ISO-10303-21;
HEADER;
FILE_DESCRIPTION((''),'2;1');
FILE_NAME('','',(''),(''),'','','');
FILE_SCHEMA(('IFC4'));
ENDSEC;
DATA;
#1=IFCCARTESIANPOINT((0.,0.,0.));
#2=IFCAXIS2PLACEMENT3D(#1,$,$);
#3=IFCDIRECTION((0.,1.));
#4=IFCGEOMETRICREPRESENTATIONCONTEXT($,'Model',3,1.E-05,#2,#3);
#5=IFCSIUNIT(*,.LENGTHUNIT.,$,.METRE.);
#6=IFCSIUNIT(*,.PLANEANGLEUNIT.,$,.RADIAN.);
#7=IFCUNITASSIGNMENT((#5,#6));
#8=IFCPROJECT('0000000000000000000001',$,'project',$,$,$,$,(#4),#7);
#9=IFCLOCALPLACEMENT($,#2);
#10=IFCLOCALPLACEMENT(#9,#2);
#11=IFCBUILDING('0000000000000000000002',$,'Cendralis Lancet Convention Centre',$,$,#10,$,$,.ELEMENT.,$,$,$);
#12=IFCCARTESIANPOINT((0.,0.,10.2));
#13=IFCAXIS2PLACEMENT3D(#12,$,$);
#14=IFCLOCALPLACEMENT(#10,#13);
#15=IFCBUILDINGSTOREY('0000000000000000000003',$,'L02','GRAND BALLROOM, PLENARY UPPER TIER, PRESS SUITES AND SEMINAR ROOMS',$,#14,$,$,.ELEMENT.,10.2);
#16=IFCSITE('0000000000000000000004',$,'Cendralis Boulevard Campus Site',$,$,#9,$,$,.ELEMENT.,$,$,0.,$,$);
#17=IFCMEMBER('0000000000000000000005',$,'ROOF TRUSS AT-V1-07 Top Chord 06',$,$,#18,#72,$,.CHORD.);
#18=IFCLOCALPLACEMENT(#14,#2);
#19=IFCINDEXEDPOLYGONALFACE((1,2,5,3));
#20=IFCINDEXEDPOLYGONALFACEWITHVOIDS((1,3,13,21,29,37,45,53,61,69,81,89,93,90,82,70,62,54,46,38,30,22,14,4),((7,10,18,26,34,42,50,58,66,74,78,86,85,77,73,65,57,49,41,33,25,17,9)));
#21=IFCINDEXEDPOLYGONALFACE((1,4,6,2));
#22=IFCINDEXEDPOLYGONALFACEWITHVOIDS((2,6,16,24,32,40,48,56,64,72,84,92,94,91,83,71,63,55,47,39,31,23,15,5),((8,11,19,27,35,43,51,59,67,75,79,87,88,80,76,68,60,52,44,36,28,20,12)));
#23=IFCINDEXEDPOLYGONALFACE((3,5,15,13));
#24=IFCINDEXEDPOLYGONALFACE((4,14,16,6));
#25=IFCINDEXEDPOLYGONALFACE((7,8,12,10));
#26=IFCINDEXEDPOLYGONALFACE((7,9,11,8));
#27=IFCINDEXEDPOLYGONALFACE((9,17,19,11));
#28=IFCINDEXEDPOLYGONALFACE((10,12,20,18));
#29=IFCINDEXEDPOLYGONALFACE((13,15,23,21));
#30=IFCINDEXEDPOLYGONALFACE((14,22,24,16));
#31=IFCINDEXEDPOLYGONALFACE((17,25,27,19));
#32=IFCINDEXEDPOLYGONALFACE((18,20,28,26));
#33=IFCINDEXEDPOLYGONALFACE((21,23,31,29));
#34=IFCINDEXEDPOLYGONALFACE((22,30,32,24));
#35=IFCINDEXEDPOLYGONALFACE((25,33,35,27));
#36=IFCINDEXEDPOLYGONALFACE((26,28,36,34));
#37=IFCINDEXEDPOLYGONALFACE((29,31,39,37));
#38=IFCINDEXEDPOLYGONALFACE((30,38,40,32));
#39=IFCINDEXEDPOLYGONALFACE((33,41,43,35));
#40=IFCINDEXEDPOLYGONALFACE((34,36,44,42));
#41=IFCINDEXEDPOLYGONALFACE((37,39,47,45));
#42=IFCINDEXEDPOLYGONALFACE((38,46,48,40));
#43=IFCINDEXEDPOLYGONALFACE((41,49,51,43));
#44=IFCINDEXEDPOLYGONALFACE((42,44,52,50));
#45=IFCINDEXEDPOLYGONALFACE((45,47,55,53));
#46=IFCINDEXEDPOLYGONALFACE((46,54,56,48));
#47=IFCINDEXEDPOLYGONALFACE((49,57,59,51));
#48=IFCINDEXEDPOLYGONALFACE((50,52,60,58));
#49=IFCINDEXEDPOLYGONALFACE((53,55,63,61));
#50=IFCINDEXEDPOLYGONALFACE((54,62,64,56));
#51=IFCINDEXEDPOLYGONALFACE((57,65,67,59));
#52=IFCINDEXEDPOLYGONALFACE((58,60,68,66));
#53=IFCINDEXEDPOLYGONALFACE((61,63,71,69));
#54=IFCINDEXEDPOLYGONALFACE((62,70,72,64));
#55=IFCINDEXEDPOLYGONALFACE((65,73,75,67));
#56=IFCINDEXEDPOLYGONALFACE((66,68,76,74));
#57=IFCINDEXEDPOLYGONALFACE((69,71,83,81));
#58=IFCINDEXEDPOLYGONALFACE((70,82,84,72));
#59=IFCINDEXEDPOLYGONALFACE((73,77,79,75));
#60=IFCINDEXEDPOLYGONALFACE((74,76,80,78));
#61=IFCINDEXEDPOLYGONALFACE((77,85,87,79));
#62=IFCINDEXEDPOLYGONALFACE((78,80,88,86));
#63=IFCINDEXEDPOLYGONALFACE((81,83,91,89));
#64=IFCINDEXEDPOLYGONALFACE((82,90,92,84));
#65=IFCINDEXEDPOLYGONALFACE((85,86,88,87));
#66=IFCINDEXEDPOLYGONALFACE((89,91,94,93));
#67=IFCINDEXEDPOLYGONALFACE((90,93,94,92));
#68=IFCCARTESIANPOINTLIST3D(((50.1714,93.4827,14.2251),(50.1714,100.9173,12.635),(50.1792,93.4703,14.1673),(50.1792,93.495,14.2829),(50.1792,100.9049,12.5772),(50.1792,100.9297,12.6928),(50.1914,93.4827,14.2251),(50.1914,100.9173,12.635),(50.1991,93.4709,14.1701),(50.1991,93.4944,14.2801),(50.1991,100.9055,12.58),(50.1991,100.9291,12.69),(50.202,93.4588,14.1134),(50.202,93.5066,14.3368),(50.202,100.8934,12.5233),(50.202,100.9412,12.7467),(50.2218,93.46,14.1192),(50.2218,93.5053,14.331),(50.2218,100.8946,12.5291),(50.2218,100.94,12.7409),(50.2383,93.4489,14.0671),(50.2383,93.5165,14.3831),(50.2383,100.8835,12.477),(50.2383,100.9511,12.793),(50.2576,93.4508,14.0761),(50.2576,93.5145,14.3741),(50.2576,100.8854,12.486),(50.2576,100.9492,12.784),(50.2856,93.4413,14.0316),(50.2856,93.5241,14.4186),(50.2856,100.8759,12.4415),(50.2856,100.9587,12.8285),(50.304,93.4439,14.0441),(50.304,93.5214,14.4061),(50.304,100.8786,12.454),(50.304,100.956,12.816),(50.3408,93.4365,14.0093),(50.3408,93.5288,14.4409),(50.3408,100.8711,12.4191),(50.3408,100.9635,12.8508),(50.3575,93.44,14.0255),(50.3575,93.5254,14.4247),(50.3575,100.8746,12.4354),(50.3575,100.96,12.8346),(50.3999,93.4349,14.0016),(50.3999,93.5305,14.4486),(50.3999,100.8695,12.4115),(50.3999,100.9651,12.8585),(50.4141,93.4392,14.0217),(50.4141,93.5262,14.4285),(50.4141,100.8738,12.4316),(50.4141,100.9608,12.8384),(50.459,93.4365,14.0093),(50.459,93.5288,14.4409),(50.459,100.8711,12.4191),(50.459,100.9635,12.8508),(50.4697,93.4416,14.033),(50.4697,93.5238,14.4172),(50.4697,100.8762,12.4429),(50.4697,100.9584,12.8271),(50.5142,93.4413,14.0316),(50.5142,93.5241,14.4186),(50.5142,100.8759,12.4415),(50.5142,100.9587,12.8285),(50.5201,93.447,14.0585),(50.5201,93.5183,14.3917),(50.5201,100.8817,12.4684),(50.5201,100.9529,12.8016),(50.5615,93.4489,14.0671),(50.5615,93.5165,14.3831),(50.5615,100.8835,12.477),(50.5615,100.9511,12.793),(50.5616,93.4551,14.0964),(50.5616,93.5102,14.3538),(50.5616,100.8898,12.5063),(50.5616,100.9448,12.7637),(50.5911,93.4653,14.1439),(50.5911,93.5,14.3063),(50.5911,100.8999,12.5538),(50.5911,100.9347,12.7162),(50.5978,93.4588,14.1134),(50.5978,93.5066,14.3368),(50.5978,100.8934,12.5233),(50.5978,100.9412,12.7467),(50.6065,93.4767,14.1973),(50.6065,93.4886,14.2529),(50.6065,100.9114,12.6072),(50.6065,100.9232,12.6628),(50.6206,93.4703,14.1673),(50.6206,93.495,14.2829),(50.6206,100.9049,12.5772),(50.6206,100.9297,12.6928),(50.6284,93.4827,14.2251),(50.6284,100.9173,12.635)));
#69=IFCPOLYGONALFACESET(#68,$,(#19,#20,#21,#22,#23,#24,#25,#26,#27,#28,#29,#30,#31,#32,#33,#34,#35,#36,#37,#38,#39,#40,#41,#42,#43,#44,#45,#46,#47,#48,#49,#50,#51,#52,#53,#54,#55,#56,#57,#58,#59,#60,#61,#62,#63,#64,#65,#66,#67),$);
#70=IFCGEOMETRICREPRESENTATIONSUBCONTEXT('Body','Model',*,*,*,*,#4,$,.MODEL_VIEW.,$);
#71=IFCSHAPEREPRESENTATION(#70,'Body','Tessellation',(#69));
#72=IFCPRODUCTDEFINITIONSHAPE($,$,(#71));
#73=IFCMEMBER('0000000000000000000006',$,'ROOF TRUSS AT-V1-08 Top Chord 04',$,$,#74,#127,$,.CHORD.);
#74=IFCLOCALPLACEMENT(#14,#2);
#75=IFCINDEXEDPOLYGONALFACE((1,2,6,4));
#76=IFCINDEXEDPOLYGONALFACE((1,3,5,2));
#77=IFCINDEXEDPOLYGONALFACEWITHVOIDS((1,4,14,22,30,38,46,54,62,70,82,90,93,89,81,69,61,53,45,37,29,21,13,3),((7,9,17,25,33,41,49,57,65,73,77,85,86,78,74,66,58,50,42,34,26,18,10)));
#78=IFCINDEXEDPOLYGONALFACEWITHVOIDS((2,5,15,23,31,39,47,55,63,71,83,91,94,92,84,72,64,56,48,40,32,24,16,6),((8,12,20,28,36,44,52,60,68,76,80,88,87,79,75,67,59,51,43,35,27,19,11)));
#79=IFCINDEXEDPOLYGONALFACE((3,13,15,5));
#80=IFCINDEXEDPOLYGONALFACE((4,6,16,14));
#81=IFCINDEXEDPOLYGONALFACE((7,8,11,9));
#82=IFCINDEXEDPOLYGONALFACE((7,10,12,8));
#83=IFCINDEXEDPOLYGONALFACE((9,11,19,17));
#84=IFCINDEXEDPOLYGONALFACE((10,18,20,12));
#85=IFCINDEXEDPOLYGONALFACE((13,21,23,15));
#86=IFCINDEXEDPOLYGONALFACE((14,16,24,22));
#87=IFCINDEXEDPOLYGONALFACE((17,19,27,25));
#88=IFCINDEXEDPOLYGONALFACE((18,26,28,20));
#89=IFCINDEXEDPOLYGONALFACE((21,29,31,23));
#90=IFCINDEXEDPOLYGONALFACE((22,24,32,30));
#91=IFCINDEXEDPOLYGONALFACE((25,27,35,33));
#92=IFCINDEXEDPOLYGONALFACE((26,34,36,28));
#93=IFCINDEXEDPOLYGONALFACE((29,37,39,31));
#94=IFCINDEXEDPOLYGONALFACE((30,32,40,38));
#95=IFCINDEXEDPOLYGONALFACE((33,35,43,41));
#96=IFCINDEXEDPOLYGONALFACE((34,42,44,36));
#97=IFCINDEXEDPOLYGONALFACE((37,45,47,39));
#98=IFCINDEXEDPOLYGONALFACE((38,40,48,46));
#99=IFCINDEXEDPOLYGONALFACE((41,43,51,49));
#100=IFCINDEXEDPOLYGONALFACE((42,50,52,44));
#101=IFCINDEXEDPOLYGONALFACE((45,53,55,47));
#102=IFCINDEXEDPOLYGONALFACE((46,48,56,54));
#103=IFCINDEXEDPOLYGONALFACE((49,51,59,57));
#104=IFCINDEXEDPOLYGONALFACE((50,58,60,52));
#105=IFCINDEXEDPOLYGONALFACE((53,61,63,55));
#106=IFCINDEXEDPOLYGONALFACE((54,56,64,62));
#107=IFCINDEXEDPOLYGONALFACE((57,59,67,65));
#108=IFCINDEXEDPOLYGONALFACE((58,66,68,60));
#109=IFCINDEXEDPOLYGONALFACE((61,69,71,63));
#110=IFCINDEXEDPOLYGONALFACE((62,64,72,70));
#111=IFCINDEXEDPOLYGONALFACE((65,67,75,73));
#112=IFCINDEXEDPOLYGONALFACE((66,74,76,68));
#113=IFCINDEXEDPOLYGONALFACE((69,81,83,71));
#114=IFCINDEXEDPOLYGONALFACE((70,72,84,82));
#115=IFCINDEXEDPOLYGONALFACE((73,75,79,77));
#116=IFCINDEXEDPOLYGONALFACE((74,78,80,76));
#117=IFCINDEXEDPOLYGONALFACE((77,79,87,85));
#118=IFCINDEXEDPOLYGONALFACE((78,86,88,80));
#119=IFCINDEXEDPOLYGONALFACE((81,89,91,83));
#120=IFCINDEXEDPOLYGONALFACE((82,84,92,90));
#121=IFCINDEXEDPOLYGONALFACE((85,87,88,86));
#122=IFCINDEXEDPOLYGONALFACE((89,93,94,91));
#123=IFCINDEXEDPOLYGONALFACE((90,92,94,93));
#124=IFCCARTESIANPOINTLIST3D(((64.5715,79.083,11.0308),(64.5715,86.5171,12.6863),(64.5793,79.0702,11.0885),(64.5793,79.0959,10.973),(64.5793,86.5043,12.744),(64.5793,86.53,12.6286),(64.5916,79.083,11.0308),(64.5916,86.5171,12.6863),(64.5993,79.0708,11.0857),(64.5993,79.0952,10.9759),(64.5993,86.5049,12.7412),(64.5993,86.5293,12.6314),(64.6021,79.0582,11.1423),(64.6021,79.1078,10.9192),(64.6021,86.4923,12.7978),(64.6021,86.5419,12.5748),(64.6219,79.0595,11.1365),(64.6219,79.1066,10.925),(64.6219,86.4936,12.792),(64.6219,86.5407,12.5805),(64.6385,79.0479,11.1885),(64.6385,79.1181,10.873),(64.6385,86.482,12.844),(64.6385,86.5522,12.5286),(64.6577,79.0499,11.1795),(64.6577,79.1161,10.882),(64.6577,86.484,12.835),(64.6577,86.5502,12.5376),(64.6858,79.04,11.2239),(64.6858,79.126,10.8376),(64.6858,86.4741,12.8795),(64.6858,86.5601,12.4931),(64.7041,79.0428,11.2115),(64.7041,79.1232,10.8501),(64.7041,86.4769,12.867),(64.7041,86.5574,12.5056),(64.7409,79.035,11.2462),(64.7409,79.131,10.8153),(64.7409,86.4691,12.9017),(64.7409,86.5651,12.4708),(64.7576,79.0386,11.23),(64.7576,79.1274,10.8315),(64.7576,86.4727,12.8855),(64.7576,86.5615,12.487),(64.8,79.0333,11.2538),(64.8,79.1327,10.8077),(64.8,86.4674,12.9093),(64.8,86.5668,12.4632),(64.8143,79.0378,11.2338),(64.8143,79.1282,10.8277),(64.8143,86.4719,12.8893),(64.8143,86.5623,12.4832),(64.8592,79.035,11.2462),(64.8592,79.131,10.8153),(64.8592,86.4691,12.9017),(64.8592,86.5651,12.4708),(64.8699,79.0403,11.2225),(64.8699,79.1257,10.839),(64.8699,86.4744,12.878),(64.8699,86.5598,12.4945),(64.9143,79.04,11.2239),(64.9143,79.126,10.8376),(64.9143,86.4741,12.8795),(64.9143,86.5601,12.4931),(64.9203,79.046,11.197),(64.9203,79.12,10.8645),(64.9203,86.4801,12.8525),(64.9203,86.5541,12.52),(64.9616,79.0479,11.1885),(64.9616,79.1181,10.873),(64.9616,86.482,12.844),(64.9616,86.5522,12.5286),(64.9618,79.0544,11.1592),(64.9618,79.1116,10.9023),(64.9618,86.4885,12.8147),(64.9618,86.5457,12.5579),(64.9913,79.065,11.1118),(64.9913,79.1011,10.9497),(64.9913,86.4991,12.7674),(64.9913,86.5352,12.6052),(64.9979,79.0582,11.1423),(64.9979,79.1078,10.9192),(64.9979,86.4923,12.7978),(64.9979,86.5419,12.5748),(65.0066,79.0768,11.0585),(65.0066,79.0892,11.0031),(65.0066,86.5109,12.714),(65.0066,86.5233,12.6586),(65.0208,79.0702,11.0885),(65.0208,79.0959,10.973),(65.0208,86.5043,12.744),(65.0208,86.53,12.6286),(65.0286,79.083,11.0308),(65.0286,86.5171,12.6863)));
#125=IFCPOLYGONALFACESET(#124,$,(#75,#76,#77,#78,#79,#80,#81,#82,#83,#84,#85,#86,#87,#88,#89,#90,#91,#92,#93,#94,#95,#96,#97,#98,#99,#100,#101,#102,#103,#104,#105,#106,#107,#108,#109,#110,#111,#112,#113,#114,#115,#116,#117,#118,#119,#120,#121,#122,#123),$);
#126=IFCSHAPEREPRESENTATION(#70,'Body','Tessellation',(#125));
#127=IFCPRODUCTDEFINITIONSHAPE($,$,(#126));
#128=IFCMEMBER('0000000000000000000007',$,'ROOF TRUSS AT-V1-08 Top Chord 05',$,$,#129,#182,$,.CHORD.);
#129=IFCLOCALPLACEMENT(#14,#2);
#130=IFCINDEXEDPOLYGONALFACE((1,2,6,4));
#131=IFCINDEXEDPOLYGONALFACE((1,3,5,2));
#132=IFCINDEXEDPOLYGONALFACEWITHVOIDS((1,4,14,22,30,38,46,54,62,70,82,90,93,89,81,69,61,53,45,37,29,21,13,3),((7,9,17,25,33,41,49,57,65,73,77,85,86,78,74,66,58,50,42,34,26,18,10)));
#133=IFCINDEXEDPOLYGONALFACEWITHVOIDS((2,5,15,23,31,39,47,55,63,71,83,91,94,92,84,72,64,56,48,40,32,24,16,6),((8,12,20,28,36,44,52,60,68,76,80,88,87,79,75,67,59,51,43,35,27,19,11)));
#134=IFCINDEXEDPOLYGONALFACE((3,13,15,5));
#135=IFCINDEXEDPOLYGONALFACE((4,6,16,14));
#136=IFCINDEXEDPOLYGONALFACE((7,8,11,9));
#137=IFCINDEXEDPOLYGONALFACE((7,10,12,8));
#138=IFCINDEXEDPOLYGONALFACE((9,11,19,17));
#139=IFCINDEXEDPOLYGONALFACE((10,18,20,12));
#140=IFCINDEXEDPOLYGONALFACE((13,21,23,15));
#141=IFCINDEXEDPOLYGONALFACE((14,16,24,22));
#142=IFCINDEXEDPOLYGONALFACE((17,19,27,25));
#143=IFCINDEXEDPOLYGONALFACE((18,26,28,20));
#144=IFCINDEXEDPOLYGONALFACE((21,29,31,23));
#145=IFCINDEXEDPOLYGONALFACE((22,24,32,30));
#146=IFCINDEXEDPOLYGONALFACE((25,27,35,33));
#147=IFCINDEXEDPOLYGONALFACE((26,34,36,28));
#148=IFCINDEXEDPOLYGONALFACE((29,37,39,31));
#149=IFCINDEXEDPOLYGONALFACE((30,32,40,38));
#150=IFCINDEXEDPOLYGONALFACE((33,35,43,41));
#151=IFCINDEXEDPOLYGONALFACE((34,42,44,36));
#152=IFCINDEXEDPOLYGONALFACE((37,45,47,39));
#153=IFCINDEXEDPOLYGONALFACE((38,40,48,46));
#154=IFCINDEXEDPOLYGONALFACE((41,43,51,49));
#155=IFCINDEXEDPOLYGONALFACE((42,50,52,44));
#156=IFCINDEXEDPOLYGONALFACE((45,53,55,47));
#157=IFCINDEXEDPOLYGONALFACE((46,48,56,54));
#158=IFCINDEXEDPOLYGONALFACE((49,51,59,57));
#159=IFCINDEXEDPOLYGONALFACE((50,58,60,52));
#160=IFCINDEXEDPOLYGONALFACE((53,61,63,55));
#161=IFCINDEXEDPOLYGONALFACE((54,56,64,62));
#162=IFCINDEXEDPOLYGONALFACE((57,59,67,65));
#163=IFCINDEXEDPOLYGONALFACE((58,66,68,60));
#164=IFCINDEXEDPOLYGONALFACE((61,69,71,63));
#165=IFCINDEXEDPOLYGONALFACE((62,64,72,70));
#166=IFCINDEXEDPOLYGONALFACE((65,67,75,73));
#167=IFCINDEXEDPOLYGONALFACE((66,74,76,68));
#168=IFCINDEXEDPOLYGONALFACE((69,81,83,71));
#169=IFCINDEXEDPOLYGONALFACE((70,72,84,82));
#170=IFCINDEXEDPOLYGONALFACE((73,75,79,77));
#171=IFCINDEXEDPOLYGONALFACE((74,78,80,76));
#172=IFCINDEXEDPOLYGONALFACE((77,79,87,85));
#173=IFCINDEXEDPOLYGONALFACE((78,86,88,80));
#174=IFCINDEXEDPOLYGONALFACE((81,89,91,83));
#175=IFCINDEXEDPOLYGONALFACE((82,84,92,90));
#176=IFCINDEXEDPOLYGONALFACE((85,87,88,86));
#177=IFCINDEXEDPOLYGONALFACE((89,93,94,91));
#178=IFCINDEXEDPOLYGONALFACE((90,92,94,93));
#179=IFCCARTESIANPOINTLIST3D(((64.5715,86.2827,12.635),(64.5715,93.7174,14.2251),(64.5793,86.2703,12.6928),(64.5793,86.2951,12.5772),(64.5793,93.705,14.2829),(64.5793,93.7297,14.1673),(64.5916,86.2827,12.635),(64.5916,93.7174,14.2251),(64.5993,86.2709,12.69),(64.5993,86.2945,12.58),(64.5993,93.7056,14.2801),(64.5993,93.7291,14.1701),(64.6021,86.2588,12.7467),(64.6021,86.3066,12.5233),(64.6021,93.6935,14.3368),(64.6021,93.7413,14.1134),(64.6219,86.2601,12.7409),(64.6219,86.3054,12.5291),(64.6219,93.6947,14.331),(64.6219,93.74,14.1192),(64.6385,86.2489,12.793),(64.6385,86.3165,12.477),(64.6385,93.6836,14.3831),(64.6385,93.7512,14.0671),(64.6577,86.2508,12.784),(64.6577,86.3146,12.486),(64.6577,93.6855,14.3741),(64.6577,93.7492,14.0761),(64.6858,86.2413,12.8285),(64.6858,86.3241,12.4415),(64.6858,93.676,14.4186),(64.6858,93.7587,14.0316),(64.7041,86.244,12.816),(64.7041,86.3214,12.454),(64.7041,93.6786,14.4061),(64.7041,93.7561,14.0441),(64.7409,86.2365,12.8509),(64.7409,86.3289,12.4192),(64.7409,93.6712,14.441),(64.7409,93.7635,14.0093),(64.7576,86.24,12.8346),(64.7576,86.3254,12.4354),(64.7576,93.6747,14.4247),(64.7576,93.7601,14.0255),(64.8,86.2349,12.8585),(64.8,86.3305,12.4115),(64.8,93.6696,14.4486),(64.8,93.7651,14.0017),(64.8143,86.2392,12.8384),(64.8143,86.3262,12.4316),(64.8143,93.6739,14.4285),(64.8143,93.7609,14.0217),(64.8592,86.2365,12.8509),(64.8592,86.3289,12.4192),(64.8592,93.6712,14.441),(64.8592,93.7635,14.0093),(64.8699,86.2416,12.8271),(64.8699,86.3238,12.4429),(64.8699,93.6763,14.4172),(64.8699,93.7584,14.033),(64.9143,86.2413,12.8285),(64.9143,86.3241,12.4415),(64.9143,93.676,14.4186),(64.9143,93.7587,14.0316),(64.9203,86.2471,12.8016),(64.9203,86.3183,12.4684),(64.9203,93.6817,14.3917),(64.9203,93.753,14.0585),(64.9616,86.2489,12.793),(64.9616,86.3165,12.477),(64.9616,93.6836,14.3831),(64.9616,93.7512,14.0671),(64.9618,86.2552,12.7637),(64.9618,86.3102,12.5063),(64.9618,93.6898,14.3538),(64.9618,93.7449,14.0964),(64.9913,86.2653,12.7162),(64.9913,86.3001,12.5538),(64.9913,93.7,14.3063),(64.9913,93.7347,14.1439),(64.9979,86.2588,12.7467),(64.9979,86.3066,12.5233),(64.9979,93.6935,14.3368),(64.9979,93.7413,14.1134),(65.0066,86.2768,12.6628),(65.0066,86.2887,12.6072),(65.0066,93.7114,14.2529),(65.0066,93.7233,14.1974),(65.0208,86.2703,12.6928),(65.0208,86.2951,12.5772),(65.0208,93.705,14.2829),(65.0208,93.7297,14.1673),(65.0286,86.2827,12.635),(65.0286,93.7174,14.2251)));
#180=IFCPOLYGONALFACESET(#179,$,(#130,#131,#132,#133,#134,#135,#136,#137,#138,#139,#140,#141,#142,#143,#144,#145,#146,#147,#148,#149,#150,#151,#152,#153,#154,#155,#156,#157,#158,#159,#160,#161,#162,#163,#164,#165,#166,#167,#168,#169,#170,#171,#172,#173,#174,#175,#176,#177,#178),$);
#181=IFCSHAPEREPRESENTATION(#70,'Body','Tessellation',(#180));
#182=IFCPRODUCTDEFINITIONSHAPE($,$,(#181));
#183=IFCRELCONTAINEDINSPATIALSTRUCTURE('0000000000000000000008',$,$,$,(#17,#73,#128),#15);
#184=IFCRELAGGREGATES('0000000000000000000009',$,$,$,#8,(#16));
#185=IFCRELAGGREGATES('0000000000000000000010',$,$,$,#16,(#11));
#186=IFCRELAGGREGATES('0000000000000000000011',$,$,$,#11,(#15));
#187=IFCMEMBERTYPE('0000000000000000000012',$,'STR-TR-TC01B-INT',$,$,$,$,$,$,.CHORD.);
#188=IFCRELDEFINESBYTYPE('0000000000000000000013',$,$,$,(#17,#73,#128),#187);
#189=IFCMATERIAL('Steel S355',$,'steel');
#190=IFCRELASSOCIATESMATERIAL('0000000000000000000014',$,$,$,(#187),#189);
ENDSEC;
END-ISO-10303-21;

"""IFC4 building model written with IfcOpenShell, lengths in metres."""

from ifc_helpers import new_model, si_unit, direction, frame, origin, origin_2d, place, context, subcontext, project, spatial, hollow_circle, extrude, material, material_profile, profile_set, type_object, element, save


model = new_model("IFC4")

# Units and contexts
model_context = context("Model", 3, precision=1e-05, world=origin(), true_north=direction((0.0, 1.0)))
body_context = subcontext(model_context, "Body", "Model", "MODEL_VIEW")
ifc_project = project(units=[si_unit("LENGTHUNIT", "METRE"), si_unit("PLANEANGLEUNIT", "RADIAN")], contexts=[model_context])

# Site, building, storey
site_placement = place(None, origin())
site = spatial("IfcSite", under=ifc_project, at=site_placement, Name="Cendralis Boulevard Campus Site", CompositionType="ELEMENT", RefElevation=0.0)
building_placement = place(site_placement, origin())
building = spatial("IfcBuilding", under=site, at=building_placement, Name="Cendralis Lancet Convention Centre", CompositionType="ELEMENT")
storey_placement = place(building_placement, frame((0.0, 0.0, 10.2)))
storey = spatial("IfcBuildingStorey", under=building, at=storey_placement, Name="L02", Description="GRAND BALLROOM, PLENARY UPPER TIER, PRESS SUITES AND SEMINAR ROOMS", CompositionType="ELEMENT", Elevation=10.2)

# Members
ifc_material = material(Name="Steel S355", Category="steel")
ifc_material_profile_1 = material_profile(ifc_material, hollow_circle(Radius=0.2285, WallThickness=0.02, at=origin_2d()), Name="CHS 457.0x20.0")
ifc_profile_set_1 = profile_set([ifc_material_profile_1], Name="Steel S355")
member_type_1 = type_object("IfcMemberType", Name="STR-TR-TC01B-INT", PredefinedType="CHORD", material=ifc_profile_set_1)
for number, where, z_axis, x_axis, name in (
    (1, (50.3999, 93.4827, 14.2251), (0.0, 0.977884, -0.209147), (-1.0, 0.0, 0.0), "ROOF TRUSS AT-V1-07 Top Chord 06"),
):
    element("IfcMember", number, at=place(storey_placement, frame(where, z_axis=z_axis, x_axis=x_axis)), inside=storey, type_object=member_type_1, Name=name, PredefinedType="CHORD", context=body_context, shape_type="SweptSolid", body=[
        extrude(hollow_circle(Radius=0.2285, WallThickness=0.02, at=origin_2d()), origin(), (0.0, 0.0, 1.0), 7.6028),
    ])
member_1_placement = place(storey_placement, frame((64.8, 79.083, 11.0308), z_axis=(0.0, 0.97609, 0.217368), x_axis=(-1.0, 0.0, 0.0)))
element("IfcMember", 2, at=member_1_placement, inside=storey, type_object=member_type_1, Name="ROOF TRUSS AT-V1-08 Top Chord 04", PredefinedType="CHORD", context=body_context, shape_type="SweptSolid", body=[
    extrude(hollow_circle(Radius=0.2285, WallThickness=0.02, at=origin_2d()), origin(), (0.0, 0.0, 1.0), 7.6162),
])
member_2_placement = place(storey_placement, frame((64.8, 86.2827, 12.635), z_axis=(0.0, 0.977884, 0.209147), x_axis=(-1.0, 0.0, 0.0)))
element("IfcMember", 3, at=member_2_placement, inside=storey, type_object=member_type_1, Name="ROOF TRUSS AT-V1-08 Top Chord 05", PredefinedType="CHORD", context=body_context, shape_type="SweptSolid", body=[
    extrude(hollow_circle(Radius=0.2285, WallThickness=0.02, at=origin_2d()), origin(), (0.0, 0.0, 1.0), 7.6028),
])

save(model, "model.ifc")
